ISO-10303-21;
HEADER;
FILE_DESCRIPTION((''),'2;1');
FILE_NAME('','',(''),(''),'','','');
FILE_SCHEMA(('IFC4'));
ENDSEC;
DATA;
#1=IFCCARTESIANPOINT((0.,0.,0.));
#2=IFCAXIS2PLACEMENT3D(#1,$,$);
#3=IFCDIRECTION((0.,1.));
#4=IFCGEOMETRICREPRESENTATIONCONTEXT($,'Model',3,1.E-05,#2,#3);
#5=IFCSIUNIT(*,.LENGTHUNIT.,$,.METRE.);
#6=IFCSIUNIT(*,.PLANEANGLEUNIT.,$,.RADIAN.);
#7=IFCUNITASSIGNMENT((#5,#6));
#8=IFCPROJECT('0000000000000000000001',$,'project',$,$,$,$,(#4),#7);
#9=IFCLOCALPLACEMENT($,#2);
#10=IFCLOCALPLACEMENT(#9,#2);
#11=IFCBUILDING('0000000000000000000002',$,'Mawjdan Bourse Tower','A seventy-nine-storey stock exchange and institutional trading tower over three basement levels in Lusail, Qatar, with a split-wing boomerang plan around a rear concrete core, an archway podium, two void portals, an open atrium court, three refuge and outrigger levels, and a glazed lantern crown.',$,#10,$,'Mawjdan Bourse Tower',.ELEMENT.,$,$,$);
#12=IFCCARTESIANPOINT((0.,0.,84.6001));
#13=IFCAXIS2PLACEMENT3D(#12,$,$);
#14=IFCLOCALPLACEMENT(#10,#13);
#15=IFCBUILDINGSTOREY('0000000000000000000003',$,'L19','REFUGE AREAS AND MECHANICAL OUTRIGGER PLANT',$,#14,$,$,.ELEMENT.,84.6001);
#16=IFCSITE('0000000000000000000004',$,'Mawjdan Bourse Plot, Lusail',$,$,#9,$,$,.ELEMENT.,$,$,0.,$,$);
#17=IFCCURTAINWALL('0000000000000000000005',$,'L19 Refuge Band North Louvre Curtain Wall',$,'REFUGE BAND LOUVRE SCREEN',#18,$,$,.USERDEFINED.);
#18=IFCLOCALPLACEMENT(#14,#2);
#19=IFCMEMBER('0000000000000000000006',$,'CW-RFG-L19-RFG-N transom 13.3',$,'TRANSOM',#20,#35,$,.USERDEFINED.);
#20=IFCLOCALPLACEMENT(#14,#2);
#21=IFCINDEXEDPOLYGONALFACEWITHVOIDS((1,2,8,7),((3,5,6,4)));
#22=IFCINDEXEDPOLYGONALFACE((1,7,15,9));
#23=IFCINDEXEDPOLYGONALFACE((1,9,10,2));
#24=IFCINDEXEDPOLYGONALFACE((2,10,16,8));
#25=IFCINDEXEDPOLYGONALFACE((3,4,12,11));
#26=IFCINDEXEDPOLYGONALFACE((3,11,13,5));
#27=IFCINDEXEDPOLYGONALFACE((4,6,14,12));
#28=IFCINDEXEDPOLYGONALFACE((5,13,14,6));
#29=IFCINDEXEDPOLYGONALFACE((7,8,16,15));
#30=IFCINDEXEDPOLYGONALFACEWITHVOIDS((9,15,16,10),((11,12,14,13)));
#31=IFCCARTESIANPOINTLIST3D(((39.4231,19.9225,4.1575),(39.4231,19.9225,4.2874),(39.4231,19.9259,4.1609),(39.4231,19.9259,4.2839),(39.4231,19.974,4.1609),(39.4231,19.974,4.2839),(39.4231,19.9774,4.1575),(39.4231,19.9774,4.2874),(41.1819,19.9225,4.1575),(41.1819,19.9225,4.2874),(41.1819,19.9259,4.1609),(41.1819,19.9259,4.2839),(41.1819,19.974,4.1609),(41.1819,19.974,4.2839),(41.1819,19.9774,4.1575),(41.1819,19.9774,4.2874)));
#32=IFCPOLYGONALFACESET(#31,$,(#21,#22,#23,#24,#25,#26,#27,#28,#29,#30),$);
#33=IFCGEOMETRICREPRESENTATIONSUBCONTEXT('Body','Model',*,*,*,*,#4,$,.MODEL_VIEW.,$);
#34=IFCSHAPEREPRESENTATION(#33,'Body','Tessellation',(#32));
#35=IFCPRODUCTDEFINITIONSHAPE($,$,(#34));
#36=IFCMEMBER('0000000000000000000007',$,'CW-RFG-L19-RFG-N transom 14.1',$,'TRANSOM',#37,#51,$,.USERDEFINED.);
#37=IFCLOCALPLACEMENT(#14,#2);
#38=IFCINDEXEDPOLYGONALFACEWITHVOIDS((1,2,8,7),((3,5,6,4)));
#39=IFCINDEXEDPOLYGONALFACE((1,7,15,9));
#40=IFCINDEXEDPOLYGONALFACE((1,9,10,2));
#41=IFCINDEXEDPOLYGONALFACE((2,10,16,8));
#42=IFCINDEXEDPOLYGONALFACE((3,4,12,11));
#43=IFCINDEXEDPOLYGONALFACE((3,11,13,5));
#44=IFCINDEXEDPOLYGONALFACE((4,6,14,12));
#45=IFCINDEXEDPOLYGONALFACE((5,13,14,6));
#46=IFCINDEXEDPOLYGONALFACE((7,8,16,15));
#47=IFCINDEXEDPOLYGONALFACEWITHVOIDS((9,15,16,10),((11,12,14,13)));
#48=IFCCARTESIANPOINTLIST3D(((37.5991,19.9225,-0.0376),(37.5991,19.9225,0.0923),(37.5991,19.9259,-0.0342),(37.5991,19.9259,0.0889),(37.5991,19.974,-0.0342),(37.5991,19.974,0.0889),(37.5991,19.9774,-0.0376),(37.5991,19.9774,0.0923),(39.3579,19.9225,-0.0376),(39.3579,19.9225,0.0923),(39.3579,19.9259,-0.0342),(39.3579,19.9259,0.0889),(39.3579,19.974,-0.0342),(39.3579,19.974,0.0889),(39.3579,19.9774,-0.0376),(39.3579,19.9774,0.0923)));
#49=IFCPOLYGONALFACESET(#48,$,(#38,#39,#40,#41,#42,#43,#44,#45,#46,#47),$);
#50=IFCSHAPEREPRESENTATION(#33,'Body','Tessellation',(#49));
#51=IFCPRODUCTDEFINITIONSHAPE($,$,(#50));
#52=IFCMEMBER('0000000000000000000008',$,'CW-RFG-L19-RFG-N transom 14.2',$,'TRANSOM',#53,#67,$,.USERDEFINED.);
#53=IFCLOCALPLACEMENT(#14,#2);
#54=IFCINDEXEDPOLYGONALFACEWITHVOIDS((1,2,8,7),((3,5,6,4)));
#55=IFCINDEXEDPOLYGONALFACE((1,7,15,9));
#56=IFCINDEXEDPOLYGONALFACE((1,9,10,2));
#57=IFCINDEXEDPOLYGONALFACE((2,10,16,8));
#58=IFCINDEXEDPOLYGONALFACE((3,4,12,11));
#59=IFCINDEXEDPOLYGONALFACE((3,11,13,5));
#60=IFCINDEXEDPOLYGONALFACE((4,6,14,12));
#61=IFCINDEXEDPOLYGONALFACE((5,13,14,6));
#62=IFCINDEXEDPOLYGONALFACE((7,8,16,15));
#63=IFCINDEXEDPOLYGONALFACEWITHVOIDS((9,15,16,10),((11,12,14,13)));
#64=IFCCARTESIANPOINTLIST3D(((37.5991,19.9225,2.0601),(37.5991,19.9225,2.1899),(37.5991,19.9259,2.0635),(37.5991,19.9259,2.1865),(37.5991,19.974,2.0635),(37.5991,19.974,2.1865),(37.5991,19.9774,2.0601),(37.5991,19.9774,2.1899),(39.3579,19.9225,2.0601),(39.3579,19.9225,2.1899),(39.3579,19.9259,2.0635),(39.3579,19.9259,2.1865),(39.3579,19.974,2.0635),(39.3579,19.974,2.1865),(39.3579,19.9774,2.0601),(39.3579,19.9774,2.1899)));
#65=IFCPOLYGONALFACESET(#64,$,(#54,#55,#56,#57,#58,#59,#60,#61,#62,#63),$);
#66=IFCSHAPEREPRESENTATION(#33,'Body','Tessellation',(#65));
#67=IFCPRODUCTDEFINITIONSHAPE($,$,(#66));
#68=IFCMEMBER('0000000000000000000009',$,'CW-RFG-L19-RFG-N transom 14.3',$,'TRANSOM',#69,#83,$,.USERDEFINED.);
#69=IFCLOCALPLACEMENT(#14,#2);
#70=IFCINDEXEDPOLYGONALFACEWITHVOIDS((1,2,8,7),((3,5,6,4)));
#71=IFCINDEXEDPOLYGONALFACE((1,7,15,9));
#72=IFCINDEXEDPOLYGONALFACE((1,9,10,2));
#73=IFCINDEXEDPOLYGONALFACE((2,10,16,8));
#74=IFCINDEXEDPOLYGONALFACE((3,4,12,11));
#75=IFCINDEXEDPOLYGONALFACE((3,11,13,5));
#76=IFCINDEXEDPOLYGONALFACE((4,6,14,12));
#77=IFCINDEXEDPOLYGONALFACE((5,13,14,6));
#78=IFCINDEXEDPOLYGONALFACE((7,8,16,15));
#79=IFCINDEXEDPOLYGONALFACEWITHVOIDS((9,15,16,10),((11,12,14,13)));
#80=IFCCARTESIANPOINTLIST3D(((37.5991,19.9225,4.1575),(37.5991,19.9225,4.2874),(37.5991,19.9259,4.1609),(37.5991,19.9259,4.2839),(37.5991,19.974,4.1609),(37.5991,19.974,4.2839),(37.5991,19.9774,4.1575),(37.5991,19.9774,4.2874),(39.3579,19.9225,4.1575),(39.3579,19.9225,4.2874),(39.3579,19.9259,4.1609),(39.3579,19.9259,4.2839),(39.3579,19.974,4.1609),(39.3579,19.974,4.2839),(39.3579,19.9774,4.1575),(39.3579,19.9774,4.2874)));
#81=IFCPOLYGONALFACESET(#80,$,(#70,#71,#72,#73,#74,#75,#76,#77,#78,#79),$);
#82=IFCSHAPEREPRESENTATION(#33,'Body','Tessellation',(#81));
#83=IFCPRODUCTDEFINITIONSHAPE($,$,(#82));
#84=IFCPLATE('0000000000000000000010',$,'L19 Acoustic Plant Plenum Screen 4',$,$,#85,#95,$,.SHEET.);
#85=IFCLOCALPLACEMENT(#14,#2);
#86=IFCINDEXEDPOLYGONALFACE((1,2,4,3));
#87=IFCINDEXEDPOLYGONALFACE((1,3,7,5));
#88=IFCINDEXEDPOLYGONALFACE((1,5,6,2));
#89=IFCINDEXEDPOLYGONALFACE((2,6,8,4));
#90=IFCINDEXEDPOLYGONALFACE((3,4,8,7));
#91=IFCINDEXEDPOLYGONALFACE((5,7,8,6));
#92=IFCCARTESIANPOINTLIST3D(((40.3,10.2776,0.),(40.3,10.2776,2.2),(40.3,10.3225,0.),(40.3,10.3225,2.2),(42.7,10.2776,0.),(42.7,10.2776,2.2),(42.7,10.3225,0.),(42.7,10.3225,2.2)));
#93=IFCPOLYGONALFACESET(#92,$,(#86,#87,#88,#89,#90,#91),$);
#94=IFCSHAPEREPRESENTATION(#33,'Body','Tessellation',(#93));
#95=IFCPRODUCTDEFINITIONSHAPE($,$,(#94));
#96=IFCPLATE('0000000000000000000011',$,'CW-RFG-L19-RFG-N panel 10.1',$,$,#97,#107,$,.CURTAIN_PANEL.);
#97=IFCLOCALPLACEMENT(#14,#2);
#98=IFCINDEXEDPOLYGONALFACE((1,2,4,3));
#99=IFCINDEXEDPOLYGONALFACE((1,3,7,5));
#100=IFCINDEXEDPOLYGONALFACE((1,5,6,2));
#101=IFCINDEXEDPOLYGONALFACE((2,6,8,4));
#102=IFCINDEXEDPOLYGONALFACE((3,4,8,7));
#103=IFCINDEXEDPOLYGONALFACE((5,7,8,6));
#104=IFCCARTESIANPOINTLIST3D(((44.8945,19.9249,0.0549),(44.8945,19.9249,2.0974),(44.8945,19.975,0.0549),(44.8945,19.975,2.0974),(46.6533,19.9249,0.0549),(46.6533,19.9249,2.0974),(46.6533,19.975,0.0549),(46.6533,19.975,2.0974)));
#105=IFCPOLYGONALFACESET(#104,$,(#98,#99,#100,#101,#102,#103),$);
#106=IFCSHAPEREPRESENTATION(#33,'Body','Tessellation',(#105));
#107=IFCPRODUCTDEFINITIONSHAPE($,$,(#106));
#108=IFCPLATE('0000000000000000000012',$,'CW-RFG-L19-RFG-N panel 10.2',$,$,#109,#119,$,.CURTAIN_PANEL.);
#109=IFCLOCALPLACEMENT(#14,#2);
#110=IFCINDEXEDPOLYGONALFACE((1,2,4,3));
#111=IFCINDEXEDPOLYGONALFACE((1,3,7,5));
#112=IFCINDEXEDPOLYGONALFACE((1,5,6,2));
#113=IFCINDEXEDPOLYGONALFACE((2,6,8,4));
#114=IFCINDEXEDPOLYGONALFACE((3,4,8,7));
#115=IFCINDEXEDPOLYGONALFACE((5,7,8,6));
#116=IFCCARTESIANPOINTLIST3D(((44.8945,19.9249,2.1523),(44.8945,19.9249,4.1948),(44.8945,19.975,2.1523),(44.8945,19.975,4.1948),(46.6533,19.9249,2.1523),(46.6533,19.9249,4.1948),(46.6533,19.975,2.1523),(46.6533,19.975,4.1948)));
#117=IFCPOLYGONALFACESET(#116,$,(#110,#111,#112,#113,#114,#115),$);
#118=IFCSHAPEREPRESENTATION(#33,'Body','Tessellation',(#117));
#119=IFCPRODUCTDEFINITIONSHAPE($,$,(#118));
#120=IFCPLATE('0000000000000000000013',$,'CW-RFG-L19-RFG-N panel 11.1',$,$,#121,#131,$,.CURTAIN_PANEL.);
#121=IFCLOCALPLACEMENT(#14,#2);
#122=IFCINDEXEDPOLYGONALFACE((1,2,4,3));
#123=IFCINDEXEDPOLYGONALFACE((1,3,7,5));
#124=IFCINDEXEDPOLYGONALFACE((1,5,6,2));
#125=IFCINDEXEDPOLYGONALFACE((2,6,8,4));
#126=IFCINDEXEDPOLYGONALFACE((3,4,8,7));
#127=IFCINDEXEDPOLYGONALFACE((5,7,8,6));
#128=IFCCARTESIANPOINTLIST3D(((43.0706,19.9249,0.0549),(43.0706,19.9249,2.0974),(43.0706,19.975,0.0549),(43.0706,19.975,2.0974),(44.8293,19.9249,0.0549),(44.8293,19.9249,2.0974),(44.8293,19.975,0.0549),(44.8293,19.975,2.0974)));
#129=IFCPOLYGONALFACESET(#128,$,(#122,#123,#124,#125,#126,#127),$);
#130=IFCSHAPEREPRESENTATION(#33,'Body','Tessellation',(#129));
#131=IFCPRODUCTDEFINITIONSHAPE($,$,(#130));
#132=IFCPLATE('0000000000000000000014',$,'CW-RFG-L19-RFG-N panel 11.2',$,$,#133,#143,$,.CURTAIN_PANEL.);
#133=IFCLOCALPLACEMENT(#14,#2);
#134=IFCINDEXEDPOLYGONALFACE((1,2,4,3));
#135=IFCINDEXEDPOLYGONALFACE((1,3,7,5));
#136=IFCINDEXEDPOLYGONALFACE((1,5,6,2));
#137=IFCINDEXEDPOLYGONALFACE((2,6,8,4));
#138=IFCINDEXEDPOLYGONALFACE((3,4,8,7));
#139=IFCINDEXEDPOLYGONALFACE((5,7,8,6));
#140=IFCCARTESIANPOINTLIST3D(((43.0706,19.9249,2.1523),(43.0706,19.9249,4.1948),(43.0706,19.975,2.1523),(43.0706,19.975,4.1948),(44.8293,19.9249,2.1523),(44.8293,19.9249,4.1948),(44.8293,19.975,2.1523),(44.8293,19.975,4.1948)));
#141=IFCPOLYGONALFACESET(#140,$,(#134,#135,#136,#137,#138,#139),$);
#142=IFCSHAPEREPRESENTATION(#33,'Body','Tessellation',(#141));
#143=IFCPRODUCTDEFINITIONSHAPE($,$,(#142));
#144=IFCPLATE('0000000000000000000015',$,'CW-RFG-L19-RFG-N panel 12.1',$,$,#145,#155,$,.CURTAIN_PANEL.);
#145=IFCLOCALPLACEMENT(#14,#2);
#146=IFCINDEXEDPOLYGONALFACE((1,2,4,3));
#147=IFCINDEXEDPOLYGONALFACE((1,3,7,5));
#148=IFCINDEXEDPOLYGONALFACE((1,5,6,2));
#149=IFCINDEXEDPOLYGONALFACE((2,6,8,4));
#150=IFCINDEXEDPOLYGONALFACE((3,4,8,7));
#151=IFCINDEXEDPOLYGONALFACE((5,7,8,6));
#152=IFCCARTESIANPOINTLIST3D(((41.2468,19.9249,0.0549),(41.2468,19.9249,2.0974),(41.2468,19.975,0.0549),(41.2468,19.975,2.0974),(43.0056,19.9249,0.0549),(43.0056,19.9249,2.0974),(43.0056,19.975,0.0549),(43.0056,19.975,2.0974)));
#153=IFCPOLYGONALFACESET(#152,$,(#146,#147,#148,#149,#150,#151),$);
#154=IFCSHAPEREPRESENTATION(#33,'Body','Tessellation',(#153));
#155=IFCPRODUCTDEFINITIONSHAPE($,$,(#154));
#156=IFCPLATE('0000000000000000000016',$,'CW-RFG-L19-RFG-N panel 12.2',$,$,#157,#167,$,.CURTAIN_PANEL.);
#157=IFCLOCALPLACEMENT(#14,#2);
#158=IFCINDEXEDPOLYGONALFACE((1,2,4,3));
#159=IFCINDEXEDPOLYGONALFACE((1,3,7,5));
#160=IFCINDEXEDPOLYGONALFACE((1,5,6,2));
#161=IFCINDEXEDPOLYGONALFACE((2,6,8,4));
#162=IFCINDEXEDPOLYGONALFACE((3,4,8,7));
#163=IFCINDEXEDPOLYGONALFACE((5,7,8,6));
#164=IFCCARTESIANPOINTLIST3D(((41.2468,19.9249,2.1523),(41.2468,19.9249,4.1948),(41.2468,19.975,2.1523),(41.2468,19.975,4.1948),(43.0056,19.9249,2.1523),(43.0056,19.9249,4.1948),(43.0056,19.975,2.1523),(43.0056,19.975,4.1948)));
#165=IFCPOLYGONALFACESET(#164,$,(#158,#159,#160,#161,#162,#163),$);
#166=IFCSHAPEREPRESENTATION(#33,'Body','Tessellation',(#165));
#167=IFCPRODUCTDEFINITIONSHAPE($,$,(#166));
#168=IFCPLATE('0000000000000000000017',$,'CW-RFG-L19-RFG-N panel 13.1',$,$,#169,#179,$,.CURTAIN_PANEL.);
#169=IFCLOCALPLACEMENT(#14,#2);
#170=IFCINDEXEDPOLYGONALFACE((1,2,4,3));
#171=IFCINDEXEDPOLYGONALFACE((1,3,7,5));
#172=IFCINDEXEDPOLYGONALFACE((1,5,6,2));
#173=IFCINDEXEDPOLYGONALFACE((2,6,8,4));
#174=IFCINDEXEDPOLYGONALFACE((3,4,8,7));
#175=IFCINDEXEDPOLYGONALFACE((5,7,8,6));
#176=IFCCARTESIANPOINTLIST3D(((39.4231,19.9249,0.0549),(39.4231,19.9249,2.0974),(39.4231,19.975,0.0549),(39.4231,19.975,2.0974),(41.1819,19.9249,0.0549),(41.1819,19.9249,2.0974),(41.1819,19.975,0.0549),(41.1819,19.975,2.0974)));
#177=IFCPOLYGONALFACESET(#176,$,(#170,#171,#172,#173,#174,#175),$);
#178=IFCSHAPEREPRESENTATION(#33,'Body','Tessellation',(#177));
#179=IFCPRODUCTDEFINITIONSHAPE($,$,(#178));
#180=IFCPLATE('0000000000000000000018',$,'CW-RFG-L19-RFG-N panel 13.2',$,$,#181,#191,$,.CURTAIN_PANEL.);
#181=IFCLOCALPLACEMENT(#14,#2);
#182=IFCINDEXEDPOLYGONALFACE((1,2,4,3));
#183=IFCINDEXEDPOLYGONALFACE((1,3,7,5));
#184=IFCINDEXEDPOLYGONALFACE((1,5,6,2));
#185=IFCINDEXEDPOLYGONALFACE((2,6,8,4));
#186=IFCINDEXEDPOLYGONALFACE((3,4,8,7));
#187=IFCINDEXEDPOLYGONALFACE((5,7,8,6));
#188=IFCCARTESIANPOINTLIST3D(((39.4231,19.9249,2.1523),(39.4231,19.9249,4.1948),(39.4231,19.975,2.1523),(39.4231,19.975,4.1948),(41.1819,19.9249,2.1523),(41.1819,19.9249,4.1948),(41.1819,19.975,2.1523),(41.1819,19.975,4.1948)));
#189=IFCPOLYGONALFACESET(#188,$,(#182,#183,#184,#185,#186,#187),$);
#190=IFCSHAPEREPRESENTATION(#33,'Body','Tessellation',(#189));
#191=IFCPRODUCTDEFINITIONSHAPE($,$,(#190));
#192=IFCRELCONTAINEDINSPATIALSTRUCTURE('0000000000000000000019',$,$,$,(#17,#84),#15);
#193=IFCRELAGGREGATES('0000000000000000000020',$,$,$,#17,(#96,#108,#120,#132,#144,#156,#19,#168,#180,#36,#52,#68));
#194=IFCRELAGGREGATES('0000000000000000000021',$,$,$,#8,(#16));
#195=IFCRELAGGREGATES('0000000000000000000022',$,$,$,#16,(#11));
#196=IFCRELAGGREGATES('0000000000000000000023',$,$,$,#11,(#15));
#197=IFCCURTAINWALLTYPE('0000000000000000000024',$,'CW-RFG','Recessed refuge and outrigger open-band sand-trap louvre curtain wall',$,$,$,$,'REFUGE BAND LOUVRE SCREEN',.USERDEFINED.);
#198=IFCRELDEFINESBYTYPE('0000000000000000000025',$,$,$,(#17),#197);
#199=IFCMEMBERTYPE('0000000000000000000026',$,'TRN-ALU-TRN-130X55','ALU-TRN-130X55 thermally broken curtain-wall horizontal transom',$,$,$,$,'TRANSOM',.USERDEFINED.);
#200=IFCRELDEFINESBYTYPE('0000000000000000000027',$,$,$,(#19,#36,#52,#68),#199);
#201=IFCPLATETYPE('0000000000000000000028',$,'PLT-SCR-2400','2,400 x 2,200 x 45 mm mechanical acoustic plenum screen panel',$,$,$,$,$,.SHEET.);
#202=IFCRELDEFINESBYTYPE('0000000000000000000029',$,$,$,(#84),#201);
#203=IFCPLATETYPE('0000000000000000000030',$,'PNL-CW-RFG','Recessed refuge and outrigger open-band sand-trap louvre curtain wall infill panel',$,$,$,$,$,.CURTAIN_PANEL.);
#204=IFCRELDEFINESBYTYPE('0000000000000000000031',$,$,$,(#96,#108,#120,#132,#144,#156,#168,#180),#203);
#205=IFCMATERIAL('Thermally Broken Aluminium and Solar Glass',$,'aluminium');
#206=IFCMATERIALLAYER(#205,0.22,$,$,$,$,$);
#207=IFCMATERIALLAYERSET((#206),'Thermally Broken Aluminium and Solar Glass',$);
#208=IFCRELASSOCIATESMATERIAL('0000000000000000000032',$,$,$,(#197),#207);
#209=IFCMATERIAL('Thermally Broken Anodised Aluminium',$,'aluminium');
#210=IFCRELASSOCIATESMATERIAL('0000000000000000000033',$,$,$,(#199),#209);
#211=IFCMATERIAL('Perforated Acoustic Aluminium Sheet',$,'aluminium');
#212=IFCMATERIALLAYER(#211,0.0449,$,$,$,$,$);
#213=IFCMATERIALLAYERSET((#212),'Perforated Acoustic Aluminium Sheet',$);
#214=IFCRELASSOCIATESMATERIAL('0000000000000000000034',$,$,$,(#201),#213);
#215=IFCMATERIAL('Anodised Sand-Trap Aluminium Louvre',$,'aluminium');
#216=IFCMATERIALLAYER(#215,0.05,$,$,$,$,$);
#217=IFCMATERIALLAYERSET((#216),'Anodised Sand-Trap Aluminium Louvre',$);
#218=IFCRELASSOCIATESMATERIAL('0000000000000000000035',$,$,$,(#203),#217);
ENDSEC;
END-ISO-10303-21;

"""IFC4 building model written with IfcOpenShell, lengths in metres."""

from ifc_helpers import new_model, si_unit, direction, frame, origin, origin_2d, place, context, subcontext, project, spatial, rectangle, hollow_rectangle, extrude, material, layer, layer_set, material_profile, profile_set, type_object, element, aggregate, save


model = new_model("IFC4")

# Units and contexts
model_context = context("Model", 3, precision=1e-05, world=origin(), true_north=direction((0.0, 1.0)))
body_context = subcontext(model_context, "Body", "Model", "MODEL_VIEW")
ifc_project = project(units=[si_unit("LENGTHUNIT", "METRE"), si_unit("PLANEANGLEUNIT", "RADIAN")], contexts=[model_context])

# Site, building, storey
site_placement = place(None, origin())
site = spatial("IfcSite", under=ifc_project, at=site_placement, Name="Mawjdan Bourse Plot, Lusail", CompositionType="ELEMENT", RefElevation=0.0)
building_placement = place(site_placement, origin())
building = spatial("IfcBuilding", under=site, at=building_placement, Name="Mawjdan Bourse Tower", Description="A seventy-nine-storey stock exchange and institutional trading tower over three basement levels in Lusail, Qatar, with a split-wing boomerang plan around a rear concrete core, an archway podium, two void portals, an open atrium court, three refuge and outrigger levels, and a glazed lantern crown.", LongName="Mawjdan Bourse Tower", CompositionType="ELEMENT")
storey_placement = place(building_placement, frame((0.0, 0.0, 84.6001)))
storey = spatial("IfcBuildingStorey", under=building, at=storey_placement, Name="L19", Description="REFUGE AREAS AND MECHANICAL OUTRIGGER PLANT", CompositionType="ELEMENT", Elevation=84.6001)

# Curtain wall
ifc_material_1 = material(Name="Thermally Broken Aluminium and Solar Glass", Category="aluminium")
ifc_layer_1 = layer(ifc_material_1, 0.22)
ifc_layer_set_1 = layer_set([ifc_layer_1], Name="Thermally Broken Aluminium and Solar Glass")
curtain_wall_type = type_object("IfcCurtainWallType", Name="CW-RFG", Description="Recessed refuge and outrigger open-band sand-trap louvre curtain wall", ElementType="REFUGE BAND LOUVRE SCREEN", PredefinedType="USERDEFINED", material=ifc_layer_set_1)
curtain_wall_placement = place(storey_placement, origin())
curtain_wall = element("IfcCurtainWall", 1, at=curtain_wall_placement, inside=storey, type_object=curtain_wall_type, Name="L19 Refuge Band North Louvre Curtain Wall", ObjectType="REFUGE BAND LOUVRE SCREEN", PredefinedType="USERDEFINED")
ifc_material_2 = material(Name="Thermally Broken Anodised Aluminium", Category="aluminium")

# Members
ifc_material_profile_1 = material_profile(ifc_material_2, hollow_rectangle(XDim=0.0549, YDim=0.1299, WallThickness=0.0034, at=origin_2d()), Name="ALU-TRN-130X55")
ifc_profile_set_1 = profile_set([ifc_material_profile_1], Name="Thermally Broken Anodised Aluminium")
member_type_1 = type_object("IfcMemberType", Name="TRN-ALU-TRN-130X55", Description="ALU-TRN-130X55 thermally broken curtain-wall horizontal transom", ElementType="TRANSOM", PredefinedType="USERDEFINED", material=ifc_profile_set_1)
member_1_placement = place(storey_placement, frame((41.1819, 19.95, 4.2224), z_axis=(-1.0, 0.0, 0.0), x_axis=(0.0, -1.0, 0.0)))
member_1 = element("IfcMember", 2, at=member_1_placement, type_object=member_type_1, Name="CW-RFG-L19-RFG-N transom 13.3", ObjectType="TRANSOM", PredefinedType="USERDEFINED", context=body_context, shape_type="SweptSolid", body=[
    extrude(hollow_rectangle(XDim=0.0549, YDim=0.1299, WallThickness=0.0034, at=origin_2d()), origin(), (0.0, 0.0, 1.0), 1.7588),
])
member_2_placement = place(storey_placement, frame((39.3579, 19.95, 0.0273), z_axis=(-1.0, 0.0, 0.0), x_axis=(0.0, -1.0, 0.0)))
member_2 = element("IfcMember", 3, at=member_2_placement, type_object=member_type_1, Name="CW-RFG-L19-RFG-N transom 14.1", ObjectType="TRANSOM", PredefinedType="USERDEFINED", context=body_context, shape_type="SweptSolid", body=[
    extrude(hollow_rectangle(XDim=0.0549, YDim=0.1299, WallThickness=0.0034, at=origin_2d()), origin(), (0.0, 0.0, 1.0), 1.7588),
])
member_3_placement = place(storey_placement, frame((39.3579, 19.95, 2.125), z_axis=(-1.0, 0.0, 0.0), x_axis=(0.0, -1.0, 0.0)))
member_3 = element("IfcMember", 4, at=member_3_placement, type_object=member_type_1, Name="CW-RFG-L19-RFG-N transom 14.2", ObjectType="TRANSOM", PredefinedType="USERDEFINED", context=body_context, shape_type="SweptSolid", body=[
    extrude(hollow_rectangle(XDim=0.0549, YDim=0.1299, WallThickness=0.0034, at=origin_2d()), origin(), (0.0, 0.0, 1.0), 1.7588),
])
member_4_placement = place(storey_placement, frame((39.3579, 19.95, 4.2224), z_axis=(-1.0, 0.0, 0.0), x_axis=(0.0, -1.0, 0.0)))
member_4 = element("IfcMember", 5, at=member_4_placement, type_object=member_type_1, Name="CW-RFG-L19-RFG-N transom 14.3", ObjectType="TRANSOM", PredefinedType="USERDEFINED", context=body_context, shape_type="SweptSolid", body=[
    extrude(hollow_rectangle(XDim=0.0549, YDim=0.1299, WallThickness=0.0034, at=origin_2d()), origin(), (0.0, 0.0, 1.0), 1.7588),
])

# Plates
ifc_material_3 = material(Name="Perforated Acoustic Aluminium Sheet", Category="aluminium")
ifc_layer_2 = layer(ifc_material_3, 0.0449)
ifc_layer_set_2 = layer_set([ifc_layer_2], Name="Perforated Acoustic Aluminium Sheet")
plate_type_1 = type_object("IfcPlateType", Name="PLT-SCR-2400", Description="2,400 x 2,200 x 45 mm mechanical acoustic plenum screen panel", PredefinedType="SHEET", material=ifc_layer_set_2)
plate_1_placement = place(storey_placement, frame((41.5, 10.3, 0.0), z_axis=(0.0, 0.0, 1.0), x_axis=(1.0, 0.0, 0.0)))
element("IfcPlate", 6, at=plate_1_placement, inside=storey, type_object=plate_type_1, Name="L19 Acoustic Plant Plenum Screen 4", PredefinedType="SHEET", context=body_context, shape_type="SweptSolid", body=[
    extrude(rectangle(XDim=2.3999, YDim=0.0449, at=origin_2d()), origin(), (0.0, 0.0, 1.0), 2.2),
])
ifc_material_4 = material(Name="Anodised Sand-Trap Aluminium Louvre", Category="aluminium")
ifc_layer_3 = layer(ifc_material_4, 0.05)
ifc_layer_set_3 = layer_set([ifc_layer_3], Name="Anodised Sand-Trap Aluminium Louvre")
plate_type_2 = type_object("IfcPlateType", Name="PNL-CW-RFG", Description="Recessed refuge and outrigger open-band sand-trap louvre curtain wall infill panel", PredefinedType="CURTAIN_PANEL", material=ifc_layer_set_3)
plate_2_placement = place(storey_placement, frame((45.7739, 19.95, 0.0549), z_axis=(0.0, 0.0, 1.0), x_axis=(-1.0, 0.0, 0.0)))
plate_2 = element("IfcPlate", 7, at=plate_2_placement, type_object=plate_type_2, Name="CW-RFG-L19-RFG-N panel 10.1", PredefinedType="CURTAIN_PANEL", context=body_context, shape_type="SweptSolid", body=[
    extrude(rectangle(XDim=1.7588, YDim=0.05, at=origin_2d()), origin(), (0.0, 0.0, 1.0), 2.0425),
])
plate_3_placement = place(storey_placement, frame((45.7739, 19.95, 2.1523), z_axis=(0.0, 0.0, 1.0), x_axis=(-1.0, 0.0, 0.0)))
plate_3 = element("IfcPlate", 8, at=plate_3_placement, type_object=plate_type_2, Name="CW-RFG-L19-RFG-N panel 10.2", PredefinedType="CURTAIN_PANEL", context=body_context, shape_type="SweptSolid", body=[
    extrude(rectangle(XDim=1.7588, YDim=0.05, at=origin_2d()), origin(), (0.0, 0.0, 1.0), 2.0425),
])
plate_4_placement = place(storey_placement, frame((43.95, 19.95, 0.0549), z_axis=(0.0, 0.0, 1.0), x_axis=(-1.0, 0.0, 0.0)))
plate_4 = element("IfcPlate", 9, at=plate_4_placement, type_object=plate_type_2, Name="CW-RFG-L19-RFG-N panel 11.1", PredefinedType="CURTAIN_PANEL", context=body_context, shape_type="SweptSolid", body=[
    extrude(rectangle(XDim=1.7588, YDim=0.05, at=origin_2d()), origin(), (0.0, 0.0, 1.0), 2.0425),
])
plate_5_placement = place(storey_placement, frame((43.95, 19.95, 2.1523), z_axis=(0.0, 0.0, 1.0), x_axis=(-1.0, 0.0, 0.0)))
plate_5 = element("IfcPlate", 10, at=plate_5_placement, type_object=plate_type_2, Name="CW-RFG-L19-RFG-N panel 11.2", PredefinedType="CURTAIN_PANEL", context=body_context, shape_type="SweptSolid", body=[
    extrude(rectangle(XDim=1.7588, YDim=0.05, at=origin_2d()), origin(), (0.0, 0.0, 1.0), 2.0425),
])
plate_6_placement = place(storey_placement, frame((42.1262, 19.95, 0.0549), z_axis=(0.0, 0.0, 1.0), x_axis=(-1.0, 0.0, 0.0)))
plate_6 = element("IfcPlate", 11, at=plate_6_placement, type_object=plate_type_2, Name="CW-RFG-L19-RFG-N panel 12.1", PredefinedType="CURTAIN_PANEL", context=body_context, shape_type="SweptSolid", body=[
    extrude(rectangle(XDim=1.7588, YDim=0.05, at=origin_2d()), origin(), (0.0, 0.0, 1.0), 2.0425),
])
plate_7_placement = place(storey_placement, frame((42.1262, 19.95, 2.1523), z_axis=(0.0, 0.0, 1.0), x_axis=(-1.0, 0.0, 0.0)))
plate_7 = element("IfcPlate", 12, at=plate_7_placement, type_object=plate_type_2, Name="CW-RFG-L19-RFG-N panel 12.2", PredefinedType="CURTAIN_PANEL", context=body_context, shape_type="SweptSolid", body=[
    extrude(rectangle(XDim=1.7588, YDim=0.05, at=origin_2d()), origin(), (0.0, 0.0, 1.0), 2.0425),
])
plate_8_placement = place(storey_placement, frame((40.3025, 19.95, 0.0549), z_axis=(0.0, 0.0, 1.0), x_axis=(-1.0, 0.0, 0.0)))
plate_8 = element("IfcPlate", 13, at=plate_8_placement, type_object=plate_type_2, Name="CW-RFG-L19-RFG-N panel 13.1", PredefinedType="CURTAIN_PANEL", context=body_context, shape_type="SweptSolid", body=[
    extrude(rectangle(XDim=1.7588, YDim=0.05, at=origin_2d()), origin(), (0.0, 0.0, 1.0), 2.0425),
])
plate_9_placement = place(storey_placement, frame((40.3025, 19.95, 2.1523), z_axis=(0.0, 0.0, 1.0), x_axis=(-1.0, 0.0, 0.0)))
plate_9 = element("IfcPlate", 14, at=plate_9_placement, type_object=plate_type_2, Name="CW-RFG-L19-RFG-N panel 13.2", PredefinedType="CURTAIN_PANEL", context=body_context, shape_type="SweptSolid", body=[
    extrude(rectangle(XDim=1.7588, YDim=0.05, at=origin_2d()), origin(), (0.0, 0.0, 1.0), 2.0425),
])
aggregate(curtain_wall, [plate_2, plate_3, plate_4, plate_5, plate_6, plate_7, member_1, plate_8, plate_9, member_2, member_3, member_4])

save(model, "model.ifc")
